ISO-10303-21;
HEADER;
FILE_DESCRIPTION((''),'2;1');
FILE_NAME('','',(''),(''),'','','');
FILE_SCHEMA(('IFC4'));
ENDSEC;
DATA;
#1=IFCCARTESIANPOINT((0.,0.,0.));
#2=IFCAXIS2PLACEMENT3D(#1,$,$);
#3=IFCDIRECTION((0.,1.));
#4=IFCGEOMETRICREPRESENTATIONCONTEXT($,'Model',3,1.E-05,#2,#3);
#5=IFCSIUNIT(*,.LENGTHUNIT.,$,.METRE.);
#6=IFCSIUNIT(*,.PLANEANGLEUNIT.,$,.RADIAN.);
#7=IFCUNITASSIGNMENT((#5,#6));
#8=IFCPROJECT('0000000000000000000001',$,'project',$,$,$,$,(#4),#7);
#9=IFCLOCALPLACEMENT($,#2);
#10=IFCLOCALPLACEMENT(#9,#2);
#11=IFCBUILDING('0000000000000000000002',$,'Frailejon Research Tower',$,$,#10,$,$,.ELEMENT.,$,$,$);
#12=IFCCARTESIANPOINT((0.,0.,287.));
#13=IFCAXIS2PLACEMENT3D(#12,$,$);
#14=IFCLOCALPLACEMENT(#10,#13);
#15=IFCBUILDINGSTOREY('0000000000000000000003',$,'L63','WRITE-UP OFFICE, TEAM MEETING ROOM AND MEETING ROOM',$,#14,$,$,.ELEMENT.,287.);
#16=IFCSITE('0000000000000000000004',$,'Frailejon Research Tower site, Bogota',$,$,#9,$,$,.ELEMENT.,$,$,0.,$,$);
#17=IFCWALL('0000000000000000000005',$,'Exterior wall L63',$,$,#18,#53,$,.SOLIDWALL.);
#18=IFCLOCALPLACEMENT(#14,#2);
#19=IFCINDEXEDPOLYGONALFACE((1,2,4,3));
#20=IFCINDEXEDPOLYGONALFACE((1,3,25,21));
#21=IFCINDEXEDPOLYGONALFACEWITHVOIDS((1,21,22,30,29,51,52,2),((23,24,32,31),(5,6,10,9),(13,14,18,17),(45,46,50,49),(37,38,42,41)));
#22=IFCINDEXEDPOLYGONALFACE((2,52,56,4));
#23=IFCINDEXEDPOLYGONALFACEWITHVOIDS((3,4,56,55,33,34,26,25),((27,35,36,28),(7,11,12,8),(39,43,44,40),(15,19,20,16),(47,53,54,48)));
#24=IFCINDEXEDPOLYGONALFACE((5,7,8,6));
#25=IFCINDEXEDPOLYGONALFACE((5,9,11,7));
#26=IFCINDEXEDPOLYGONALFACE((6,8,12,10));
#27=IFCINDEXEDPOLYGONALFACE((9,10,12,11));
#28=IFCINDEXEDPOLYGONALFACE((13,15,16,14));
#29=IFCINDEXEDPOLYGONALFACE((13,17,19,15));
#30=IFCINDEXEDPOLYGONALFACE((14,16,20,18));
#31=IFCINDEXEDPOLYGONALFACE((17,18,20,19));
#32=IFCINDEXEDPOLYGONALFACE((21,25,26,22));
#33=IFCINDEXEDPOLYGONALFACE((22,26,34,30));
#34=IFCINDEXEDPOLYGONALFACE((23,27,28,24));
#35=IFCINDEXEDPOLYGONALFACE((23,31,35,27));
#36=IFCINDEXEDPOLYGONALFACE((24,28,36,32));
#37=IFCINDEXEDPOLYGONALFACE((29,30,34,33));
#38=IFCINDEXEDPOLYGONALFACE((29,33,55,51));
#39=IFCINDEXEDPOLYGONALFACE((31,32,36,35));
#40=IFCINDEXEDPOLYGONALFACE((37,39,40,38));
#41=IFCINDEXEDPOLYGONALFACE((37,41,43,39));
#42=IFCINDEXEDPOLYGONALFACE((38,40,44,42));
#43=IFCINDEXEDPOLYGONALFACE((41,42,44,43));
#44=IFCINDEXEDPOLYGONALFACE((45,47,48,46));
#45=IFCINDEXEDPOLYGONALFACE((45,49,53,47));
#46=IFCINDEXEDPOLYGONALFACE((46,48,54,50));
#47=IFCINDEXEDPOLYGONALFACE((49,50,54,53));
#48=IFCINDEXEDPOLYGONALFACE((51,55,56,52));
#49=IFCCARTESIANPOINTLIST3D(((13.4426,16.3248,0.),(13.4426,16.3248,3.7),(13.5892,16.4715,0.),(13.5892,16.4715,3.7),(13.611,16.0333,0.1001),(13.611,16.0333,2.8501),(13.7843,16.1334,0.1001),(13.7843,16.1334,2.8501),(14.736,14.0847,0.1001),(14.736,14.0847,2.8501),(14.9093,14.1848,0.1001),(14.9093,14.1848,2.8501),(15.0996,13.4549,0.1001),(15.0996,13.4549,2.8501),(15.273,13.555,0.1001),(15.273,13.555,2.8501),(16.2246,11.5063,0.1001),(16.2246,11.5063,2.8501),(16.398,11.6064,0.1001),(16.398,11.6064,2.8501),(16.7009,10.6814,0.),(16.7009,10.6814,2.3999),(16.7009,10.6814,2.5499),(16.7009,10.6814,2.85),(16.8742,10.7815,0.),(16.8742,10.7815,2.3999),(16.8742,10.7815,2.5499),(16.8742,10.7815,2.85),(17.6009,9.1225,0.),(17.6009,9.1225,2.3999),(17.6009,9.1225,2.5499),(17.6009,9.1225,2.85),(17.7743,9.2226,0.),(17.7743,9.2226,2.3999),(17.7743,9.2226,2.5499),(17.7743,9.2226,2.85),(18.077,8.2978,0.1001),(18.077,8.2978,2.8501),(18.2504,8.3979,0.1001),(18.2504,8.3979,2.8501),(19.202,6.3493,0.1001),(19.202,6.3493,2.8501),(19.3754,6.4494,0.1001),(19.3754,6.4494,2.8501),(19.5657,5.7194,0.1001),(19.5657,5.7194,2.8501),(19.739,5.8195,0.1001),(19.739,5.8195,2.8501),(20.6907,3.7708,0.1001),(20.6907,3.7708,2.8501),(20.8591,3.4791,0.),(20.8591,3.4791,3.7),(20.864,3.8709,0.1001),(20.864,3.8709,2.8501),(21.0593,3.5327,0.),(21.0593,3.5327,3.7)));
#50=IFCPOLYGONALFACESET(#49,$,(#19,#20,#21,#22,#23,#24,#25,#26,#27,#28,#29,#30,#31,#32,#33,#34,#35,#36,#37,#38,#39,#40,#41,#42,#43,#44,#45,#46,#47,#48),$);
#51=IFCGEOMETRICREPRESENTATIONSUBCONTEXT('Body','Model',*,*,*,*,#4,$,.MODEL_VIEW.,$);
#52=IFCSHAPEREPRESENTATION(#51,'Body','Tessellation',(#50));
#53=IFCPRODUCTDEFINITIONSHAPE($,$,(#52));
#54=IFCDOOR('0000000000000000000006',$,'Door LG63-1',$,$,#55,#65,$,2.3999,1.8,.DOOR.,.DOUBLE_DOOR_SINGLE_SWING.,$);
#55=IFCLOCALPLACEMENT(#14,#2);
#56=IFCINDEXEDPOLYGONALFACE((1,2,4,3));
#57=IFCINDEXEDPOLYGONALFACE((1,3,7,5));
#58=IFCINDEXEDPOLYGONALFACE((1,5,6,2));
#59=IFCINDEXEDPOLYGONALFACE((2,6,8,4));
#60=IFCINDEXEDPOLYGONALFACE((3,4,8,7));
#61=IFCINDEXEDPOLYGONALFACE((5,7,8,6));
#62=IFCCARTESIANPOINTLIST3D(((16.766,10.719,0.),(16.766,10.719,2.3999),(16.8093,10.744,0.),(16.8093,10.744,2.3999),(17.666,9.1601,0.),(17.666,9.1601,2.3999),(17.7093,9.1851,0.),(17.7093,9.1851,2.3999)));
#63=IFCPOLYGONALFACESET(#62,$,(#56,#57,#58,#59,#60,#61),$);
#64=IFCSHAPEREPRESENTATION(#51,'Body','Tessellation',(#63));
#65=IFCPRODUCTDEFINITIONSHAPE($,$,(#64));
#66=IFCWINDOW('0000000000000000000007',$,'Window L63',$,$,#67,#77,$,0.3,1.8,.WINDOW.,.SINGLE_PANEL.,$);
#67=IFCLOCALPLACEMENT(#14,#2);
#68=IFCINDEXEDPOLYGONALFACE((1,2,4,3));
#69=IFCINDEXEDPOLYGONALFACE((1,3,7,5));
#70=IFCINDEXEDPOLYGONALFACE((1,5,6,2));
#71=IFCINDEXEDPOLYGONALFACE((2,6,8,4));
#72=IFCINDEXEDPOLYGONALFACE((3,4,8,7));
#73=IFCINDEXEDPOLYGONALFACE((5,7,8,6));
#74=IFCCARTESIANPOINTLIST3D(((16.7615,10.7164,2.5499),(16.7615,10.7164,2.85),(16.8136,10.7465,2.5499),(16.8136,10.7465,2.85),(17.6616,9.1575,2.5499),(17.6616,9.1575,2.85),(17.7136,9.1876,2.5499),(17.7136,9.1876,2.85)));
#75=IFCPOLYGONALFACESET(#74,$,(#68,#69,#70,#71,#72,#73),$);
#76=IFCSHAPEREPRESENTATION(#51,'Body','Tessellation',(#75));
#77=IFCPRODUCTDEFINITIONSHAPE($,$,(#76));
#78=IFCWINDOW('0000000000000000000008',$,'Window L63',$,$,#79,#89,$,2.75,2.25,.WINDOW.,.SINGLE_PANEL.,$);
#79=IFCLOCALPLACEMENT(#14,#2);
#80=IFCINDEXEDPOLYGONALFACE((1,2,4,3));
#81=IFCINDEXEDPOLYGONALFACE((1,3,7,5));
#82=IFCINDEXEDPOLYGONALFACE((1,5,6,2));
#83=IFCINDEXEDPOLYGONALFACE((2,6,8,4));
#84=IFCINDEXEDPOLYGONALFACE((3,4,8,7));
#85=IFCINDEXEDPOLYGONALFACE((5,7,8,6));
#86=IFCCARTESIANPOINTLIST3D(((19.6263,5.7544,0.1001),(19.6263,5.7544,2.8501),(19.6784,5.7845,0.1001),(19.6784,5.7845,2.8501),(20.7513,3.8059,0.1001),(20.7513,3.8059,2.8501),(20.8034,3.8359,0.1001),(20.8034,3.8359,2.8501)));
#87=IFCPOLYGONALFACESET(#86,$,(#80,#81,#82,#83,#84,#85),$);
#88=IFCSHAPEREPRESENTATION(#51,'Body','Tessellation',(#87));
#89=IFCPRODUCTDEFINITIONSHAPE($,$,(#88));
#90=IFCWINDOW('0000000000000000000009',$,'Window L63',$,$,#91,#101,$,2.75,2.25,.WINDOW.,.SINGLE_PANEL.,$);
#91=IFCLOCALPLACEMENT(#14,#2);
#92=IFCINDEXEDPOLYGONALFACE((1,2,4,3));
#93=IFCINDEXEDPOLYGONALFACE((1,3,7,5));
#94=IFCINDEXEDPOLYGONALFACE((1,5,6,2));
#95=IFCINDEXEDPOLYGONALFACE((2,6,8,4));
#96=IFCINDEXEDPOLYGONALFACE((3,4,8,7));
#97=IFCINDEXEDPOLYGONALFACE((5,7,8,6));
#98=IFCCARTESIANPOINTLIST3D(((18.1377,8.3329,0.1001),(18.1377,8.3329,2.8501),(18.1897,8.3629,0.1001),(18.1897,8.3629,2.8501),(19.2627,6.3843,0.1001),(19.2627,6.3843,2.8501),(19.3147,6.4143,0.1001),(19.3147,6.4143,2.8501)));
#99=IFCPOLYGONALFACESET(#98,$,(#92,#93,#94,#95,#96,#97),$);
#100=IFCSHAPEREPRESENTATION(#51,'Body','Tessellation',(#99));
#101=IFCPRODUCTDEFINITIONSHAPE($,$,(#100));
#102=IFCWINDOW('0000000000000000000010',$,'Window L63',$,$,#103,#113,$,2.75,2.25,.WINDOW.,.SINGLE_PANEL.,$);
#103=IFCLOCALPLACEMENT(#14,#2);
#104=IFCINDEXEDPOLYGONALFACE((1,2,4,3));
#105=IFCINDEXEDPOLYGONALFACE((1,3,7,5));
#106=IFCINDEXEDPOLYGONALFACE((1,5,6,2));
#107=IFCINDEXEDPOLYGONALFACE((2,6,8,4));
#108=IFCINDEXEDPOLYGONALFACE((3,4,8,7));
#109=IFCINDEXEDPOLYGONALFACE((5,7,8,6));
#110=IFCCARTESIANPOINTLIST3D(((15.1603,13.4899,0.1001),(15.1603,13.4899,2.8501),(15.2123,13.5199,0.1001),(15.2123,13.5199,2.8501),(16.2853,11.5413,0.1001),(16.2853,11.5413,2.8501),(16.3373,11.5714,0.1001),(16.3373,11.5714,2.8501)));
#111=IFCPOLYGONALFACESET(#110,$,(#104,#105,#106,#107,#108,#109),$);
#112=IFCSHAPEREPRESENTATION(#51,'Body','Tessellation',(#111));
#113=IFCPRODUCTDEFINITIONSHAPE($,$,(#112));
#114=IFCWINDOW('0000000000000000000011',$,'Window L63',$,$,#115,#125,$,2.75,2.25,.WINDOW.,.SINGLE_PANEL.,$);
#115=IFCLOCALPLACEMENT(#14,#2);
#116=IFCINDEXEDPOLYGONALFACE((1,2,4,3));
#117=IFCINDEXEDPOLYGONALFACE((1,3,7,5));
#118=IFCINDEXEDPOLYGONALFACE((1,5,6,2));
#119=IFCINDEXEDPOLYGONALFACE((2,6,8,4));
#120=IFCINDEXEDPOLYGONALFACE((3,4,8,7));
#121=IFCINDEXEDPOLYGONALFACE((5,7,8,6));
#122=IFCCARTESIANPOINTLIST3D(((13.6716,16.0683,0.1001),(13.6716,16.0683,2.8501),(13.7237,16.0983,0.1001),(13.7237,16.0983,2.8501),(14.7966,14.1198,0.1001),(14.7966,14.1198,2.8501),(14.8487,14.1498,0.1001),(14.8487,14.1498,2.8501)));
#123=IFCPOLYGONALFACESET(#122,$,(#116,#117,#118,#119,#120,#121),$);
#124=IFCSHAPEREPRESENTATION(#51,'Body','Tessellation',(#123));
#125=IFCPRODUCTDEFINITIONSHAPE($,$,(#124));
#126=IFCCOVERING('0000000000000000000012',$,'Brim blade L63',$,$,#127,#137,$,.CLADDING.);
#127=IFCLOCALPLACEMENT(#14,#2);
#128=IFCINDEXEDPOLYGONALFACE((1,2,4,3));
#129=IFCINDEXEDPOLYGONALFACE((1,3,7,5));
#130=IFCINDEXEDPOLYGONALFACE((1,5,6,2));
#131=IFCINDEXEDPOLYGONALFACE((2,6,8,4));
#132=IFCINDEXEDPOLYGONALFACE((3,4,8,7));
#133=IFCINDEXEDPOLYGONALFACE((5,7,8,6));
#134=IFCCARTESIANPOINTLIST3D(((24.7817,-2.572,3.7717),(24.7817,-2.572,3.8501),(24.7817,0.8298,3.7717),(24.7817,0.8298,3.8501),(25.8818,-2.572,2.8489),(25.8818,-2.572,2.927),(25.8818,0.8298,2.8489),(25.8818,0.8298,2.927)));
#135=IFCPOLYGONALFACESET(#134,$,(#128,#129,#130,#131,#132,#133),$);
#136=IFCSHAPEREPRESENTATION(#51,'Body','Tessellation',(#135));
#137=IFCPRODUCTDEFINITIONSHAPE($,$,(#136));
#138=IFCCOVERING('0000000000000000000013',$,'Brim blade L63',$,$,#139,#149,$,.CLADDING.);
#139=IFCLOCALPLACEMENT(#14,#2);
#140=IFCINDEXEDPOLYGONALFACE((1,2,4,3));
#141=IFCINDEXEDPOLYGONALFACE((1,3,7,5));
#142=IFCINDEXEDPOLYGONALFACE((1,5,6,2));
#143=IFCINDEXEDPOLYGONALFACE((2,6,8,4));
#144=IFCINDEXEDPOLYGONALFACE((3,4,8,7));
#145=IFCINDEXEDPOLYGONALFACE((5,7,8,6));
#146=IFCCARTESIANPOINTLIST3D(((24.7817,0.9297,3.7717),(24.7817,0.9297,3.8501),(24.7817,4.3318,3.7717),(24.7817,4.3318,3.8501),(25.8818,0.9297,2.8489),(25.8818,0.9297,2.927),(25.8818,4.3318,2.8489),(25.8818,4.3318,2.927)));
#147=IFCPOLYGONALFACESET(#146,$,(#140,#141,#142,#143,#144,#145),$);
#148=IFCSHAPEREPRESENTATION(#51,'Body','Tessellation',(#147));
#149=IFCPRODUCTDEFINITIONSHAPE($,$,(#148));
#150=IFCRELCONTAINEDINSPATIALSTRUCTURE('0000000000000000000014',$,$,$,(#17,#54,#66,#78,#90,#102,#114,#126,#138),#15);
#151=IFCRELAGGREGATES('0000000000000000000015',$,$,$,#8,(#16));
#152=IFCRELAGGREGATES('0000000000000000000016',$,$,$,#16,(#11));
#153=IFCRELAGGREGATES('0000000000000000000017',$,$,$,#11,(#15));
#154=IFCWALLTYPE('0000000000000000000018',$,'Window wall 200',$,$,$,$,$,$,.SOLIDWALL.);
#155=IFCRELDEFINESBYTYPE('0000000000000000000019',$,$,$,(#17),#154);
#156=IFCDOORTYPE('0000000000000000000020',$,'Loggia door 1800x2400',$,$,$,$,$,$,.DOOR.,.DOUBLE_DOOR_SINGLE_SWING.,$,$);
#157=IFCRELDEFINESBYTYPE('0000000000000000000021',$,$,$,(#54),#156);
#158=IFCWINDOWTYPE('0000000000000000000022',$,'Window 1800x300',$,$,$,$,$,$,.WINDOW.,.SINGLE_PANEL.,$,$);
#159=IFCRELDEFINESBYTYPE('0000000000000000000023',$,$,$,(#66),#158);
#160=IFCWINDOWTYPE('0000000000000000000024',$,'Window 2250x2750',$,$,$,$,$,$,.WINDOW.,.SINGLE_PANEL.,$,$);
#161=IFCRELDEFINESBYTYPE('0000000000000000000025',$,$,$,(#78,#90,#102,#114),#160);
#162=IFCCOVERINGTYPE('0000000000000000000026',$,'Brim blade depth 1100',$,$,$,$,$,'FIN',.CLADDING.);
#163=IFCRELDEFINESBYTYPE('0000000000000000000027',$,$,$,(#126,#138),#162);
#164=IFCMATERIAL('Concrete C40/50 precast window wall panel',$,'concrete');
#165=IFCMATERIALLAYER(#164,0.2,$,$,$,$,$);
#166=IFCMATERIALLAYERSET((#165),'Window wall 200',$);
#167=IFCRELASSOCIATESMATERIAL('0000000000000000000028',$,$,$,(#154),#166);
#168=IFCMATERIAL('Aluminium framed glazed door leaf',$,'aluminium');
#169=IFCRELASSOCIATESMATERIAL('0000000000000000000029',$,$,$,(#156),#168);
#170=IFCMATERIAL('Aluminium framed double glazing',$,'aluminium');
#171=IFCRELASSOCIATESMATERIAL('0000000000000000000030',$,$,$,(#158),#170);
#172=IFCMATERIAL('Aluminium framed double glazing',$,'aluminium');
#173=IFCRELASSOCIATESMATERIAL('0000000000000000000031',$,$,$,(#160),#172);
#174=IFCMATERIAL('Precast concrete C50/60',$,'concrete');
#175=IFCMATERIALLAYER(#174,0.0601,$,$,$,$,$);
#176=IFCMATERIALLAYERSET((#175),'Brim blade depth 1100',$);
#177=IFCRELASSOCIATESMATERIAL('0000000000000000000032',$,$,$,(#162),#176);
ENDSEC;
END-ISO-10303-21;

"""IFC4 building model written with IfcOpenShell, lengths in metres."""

from ifc_helpers import new_model, si_unit, direction, frame, frame_2d, origin, place, context, subcontext, project, spatial, polyline, rectangle, outline, extrude, material, layer, layer_set, type_object, element, fill, save


model = new_model("IFC4")

# Units and contexts
model_context = context("Model", 3, precision=1e-05, world=origin(), true_north=direction((0.0, 1.0)))
body_context = subcontext(model_context, "Body", "Model", "MODEL_VIEW")
ifc_project = project(units=[si_unit("LENGTHUNIT", "METRE"), si_unit("PLANEANGLEUNIT", "RADIAN")], contexts=[model_context])

# Site, building, storey
site_placement = place(None, origin())
site = spatial("IfcSite", under=ifc_project, at=site_placement, Name="Frailejon Research Tower site, Bogota", CompositionType="ELEMENT", RefElevation=0.0)
building_placement = place(site_placement, origin())
building = spatial("IfcBuilding", under=site, at=building_placement, Name="Frailejon Research Tower", CompositionType="ELEMENT")
storey_placement = place(building_placement, frame((0.0, 0.0, 287.0)))
storey = spatial("IfcBuildingStorey", under=building, at=storey_placement, Name="L63", Description="WRITE-UP OFFICE, TEAM MEETING ROOM AND MEETING ROOM", CompositionType="ELEMENT", Elevation=287.0)

# Wall, openings, door, windows
ifc_material_1 = material(Name="Concrete C40/50 precast window wall panel", Category="concrete")
ifc_layer_1 = layer(ifc_material_1, 0.2)
ifc_layer_set_1 = layer_set([ifc_layer_1], Name="Window wall 200")
wall_type = type_object("IfcWallType", Name="Window wall 200", PredefinedType="SOLIDWALL", material=ifc_layer_set_1)
wall_placement = place(storey_placement, frame((20.9592, 3.5059, 0.0), z_axis=(0.0, 0.0, 1.0), x_axis=(-0.499998, 0.866026, 0.0)))
wall = element("IfcWall", 1, at=wall_placement, inside=storey, type_object=wall_type, Name="Exterior wall L63", PredefinedType="SOLIDWALL", context=body_context, shape_type="SweptSolid", body=[
    extrude(outline(polyline([(-0.0269, -0.1001), (1.0403, -0.1001), (2.1074, -0.1001), (3.1746, -0.1001), (4.2419, -0.1001), (5.3091, -0.1001), (6.3762, -0.1001), (7.4434, -0.1001), (8.5105, -0.1001), (9.5776, -0.1001), (10.6448, -0.1001), (11.7122, -0.1001), (12.7793, -0.1001), (13.8464, -0.1001), (14.9136, -0.1001), (14.8599, 0.1001), (13.8003, 0.1001), (12.741, 0.1001), (11.6814, 0.1001), (10.6218, 0.1001), (9.5623, 0.1001), (8.5029, 0.1001), (7.4434, 0.1001), (6.3838, 0.1001), (5.3245, 0.1001), (4.2649, 0.1001), (3.2053, 0.1001), (2.1458, 0.1001), (1.0864, 0.1001), (0.0269, 0.1001), (-0.0269, -0.1001)])), origin(), (0.0, 0.0, 1.0), 3.7),
])
opening_1_placement = place(wall_placement, frame((0.3638, 0.0, 0.1001)))
opening_1 = element("IfcOpeningElement", 2, at=opening_1_placement, cuts=wall, PredefinedType="OPENING", context=body_context, shape_type="SweptSolid", body=[
    extrude(rectangle(XDim=2.25, YDim=2.75, at=frame_2d((1.125, 1.375))), frame((0.0, 0.1099, 0.0), z_axis=(0.0, -1.0, 0.0), x_axis=(1.0, 0.0, 0.0)), (0.0, 0.0, 1.0), 0.22),
])
opening_2_placement = place(wall_placement, frame((3.3411, 0.0, 0.1001)))
opening_2 = element("IfcOpeningElement", 3, at=opening_2_placement, cuts=wall, PredefinedType="OPENING", context=body_context, shape_type="SweptSolid", body=[
    extrude(rectangle(XDim=2.25, YDim=2.75, at=frame_2d((1.125, 1.375))), frame((0.0, 0.1099, 0.0), z_axis=(0.0, -1.0, 0.0), x_axis=(1.0, 0.0, 0.0)), (0.0, 0.0, 1.0), 0.22),
])
opening_3_placement = place(wall_placement, frame((6.5435, 0.0, 0.0)))
opening_3 = element("IfcOpeningElement", 4, at=opening_3_placement, cuts=wall, PredefinedType="OPENING", context=body_context, shape_type="SweptSolid", body=[
    extrude(rectangle(XDim=1.8, YDim=2.3999, at=frame_2d((0.8999, 1.2))), frame((0.0, 0.1099, 0.0), z_axis=(0.0, -1.0, 0.0), x_axis=(1.0, 0.0, 0.0)), (0.0, 0.0, 1.0), 0.22),
])
opening_4_placement = place(wall_placement, frame((6.5435, 0.0, 2.55)))
opening_4 = element("IfcOpeningElement", 5, at=opening_4_placement, cuts=wall, PredefinedType="OPENING", context=body_context, shape_type="SweptSolid", body=[
    extrude(rectangle(XDim=1.8, YDim=0.3, at=frame_2d((0.8999, 0.1499))), frame((0.0, 0.1099, 0.0), z_axis=(0.0, -1.0, 0.0), x_axis=(1.0, 0.0, 0.0)), (0.0, 0.0, 1.0), 0.22),
])
opening_5_placement = place(wall_placement, frame((9.2959, 0.0, 0.1001)))
opening_5 = element("IfcOpeningElement", 6, at=opening_5_placement, cuts=wall, PredefinedType="OPENING", context=body_context, shape_type="SweptSolid", body=[
    extrude(rectangle(XDim=2.25, YDim=2.75, at=frame_2d((1.125, 1.375))), frame((0.0, 0.1099, 0.0), z_axis=(0.0, -1.0, 0.0), x_axis=(1.0, 0.0, 0.0)), (0.0, 0.0, 1.0), 0.22),
])
opening_6_placement = place(wall_placement, frame((12.2732, 0.0, 0.1001)))
opening_6 = element("IfcOpeningElement", 7, at=opening_6_placement, cuts=wall, PredefinedType="OPENING", context=body_context, shape_type="SweptSolid", body=[
    extrude(rectangle(XDim=2.25, YDim=2.75, at=frame_2d((1.125, 1.375))), frame((0.0, 0.1099, 0.0), z_axis=(0.0, -1.0, 0.0), x_axis=(1.0, 0.0, 0.0)), (0.0, 0.0, 1.0), 0.22),
])
ifc_material_2 = material(Name="Aluminium framed glazed door leaf", Category="aluminium")
door_type = type_object("IfcDoorType", Name="Loggia door 1800x2400", OperationType="DOUBLE_DOOR_SINGLE_SWING", PredefinedType="DOOR", material=ifc_material_2)
door_placement = place(opening_3_placement, origin())
door = element("IfcDoor", 8, at=door_placement, inside=storey, type_object=door_type, Name="Door LG63-1", OperationType="DOUBLE_DOOR_SINGLE_SWING", OverallHeight=2.3999, OverallWidth=1.8, PredefinedType="DOOR", context=body_context, shape_type="SweptSolid", body=[
    extrude(rectangle(XDim=1.8, YDim=2.3999, at=frame_2d((0.8999, 1.2))), frame((0.0, 0.0249, 0.0), z_axis=(0.0, -1.0, 0.0), x_axis=(1.0, 0.0, 0.0)), (0.0, 0.0, 1.0), 0.05),
])
fill(opening_3, door)
ifc_material_3 = material(Name="Aluminium framed double glazing", Category="aluminium")
window_type_1 = type_object("IfcWindowType", Name="Window 1800x300", PartitioningType="SINGLE_PANEL", PredefinedType="WINDOW", material=ifc_material_3)
window_1_placement = place(opening_4_placement, origin())
window_1 = element("IfcWindow", 9, at=window_1_placement, inside=storey, type_object=window_type_1, Name="Window L63", OverallHeight=0.3, OverallWidth=1.8, PartitioningType="SINGLE_PANEL", PredefinedType="WINDOW", context=body_context, shape_type="SweptSolid", body=[
    extrude(rectangle(XDim=1.8, YDim=0.3, at=frame_2d((0.8999, 0.1499))), frame((0.0, 0.03, 0.0), z_axis=(0.0, -1.0, 0.0), x_axis=(1.0, 0.0, 0.0)), (0.0, 0.0, 1.0), 0.0601),
])
fill(opening_4, window_1)
ifc_material_4 = material(Name="Aluminium framed double glazing", Category="aluminium")
window_type_2 = type_object("IfcWindowType", Name="Window 2250x2750", PartitioningType="SINGLE_PANEL", PredefinedType="WINDOW", material=ifc_material_4)
window_2_placement = place(opening_1_placement, origin())
window_2 = element("IfcWindow", 10, at=window_2_placement, inside=storey, type_object=window_type_2, Name="Window L63", OverallHeight=2.75, OverallWidth=2.25, PartitioningType="SINGLE_PANEL", PredefinedType="WINDOW", context=body_context, shape_type="SweptSolid", body=[
    extrude(rectangle(XDim=2.25, YDim=2.75, at=frame_2d((1.125, 1.375))), frame((0.0, 0.03, 0.0), z_axis=(0.0, -1.0, 0.0), x_axis=(1.0, 0.0, 0.0)), (0.0, 0.0, 1.0), 0.0601),
])
fill(opening_1, window_2)
window_3_placement = place(opening_2_placement, origin())
window_3 = element("IfcWindow", 11, at=window_3_placement, inside=storey, type_object=window_type_2, Name="Window L63", OverallHeight=2.75, OverallWidth=2.25, PartitioningType="SINGLE_PANEL", PredefinedType="WINDOW", context=body_context, shape_type="SweptSolid", body=[
    extrude(rectangle(XDim=2.25, YDim=2.75, at=frame_2d((1.125, 1.375))), frame((0.0, 0.03, 0.0), z_axis=(0.0, -1.0, 0.0), x_axis=(1.0, 0.0, 0.0)), (0.0, 0.0, 1.0), 0.0601),
])
fill(opening_2, window_3)
window_4_placement = place(opening_5_placement, origin())
window_4 = element("IfcWindow", 12, at=window_4_placement, inside=storey, type_object=window_type_2, Name="Window L63", OverallHeight=2.75, OverallWidth=2.25, PartitioningType="SINGLE_PANEL", PredefinedType="WINDOW", context=body_context, shape_type="SweptSolid", body=[
    extrude(rectangle(XDim=2.25, YDim=2.75, at=frame_2d((1.125, 1.375))), frame((0.0, 0.03, 0.0), z_axis=(0.0, -1.0, 0.0), x_axis=(1.0, 0.0, 0.0)), (0.0, 0.0, 1.0), 0.0601),
])
fill(opening_5, window_4)
window_5_placement = place(opening_6_placement, origin())
window_5 = element("IfcWindow", 13, at=window_5_placement, inside=storey, type_object=window_type_2, Name="Window L63", OverallHeight=2.75, OverallWidth=2.25, PartitioningType="SINGLE_PANEL", PredefinedType="WINDOW", context=body_context, shape_type="SweptSolid", body=[
    extrude(rectangle(XDim=2.25, YDim=2.75, at=frame_2d((1.125, 1.375))), frame((0.0, 0.03, 0.0), z_axis=(0.0, -1.0, 0.0), x_axis=(1.0, 0.0, 0.0)), (0.0, 0.0, 1.0), 0.0601),
])
fill(opening_6, window_5)

# Coverings
ifc_material_5 = material(Name="Precast concrete C50/60", Category="concrete")
ifc_layer_2 = layer(ifc_material_5, 0.0601)
ifc_layer_set_2 = layer_set([ifc_layer_2], Name="Brim blade depth 1100")
covering_type_1 = type_object("IfcCoveringType", Name="Brim blade depth 1100", ElementType="FIN", PredefinedType="CLADDING", material=ifc_layer_set_2)
covering_1_placement = place(storey_placement, frame((24.7817, 0.8298, 3.8501), z_axis=(0.0, -1.0, 0.0), x_axis=(1.0, 0.0, 0.0)))
element("IfcCovering", 14, at=covering_1_placement, inside=storey, type_object=covering_type_1, Name="Brim blade L63", PredefinedType="CLADDING", context=body_context, shape_type="SweptSolid", body=[
    extrude(outline(polyline([(0.0, -0.0784), (1.1001, -1.0012), (1.1001, -0.9231), (0.0, 0.0), (0.0, -0.0784)])), origin(), (0.0, 0.0, 1.0), 3.4019),
])
covering_2_placement = place(storey_placement, frame((24.7817, 4.3318, 3.8501), z_axis=(0.0, -1.0, 0.0), x_axis=(1.0, 0.0, 0.0)))
element("IfcCovering", 15, at=covering_2_placement, inside=storey, type_object=covering_type_1, Name="Brim blade L63", PredefinedType="CLADDING", context=body_context, shape_type="SweptSolid", body=[
    extrude(outline(polyline([(0.0, -0.0784), (1.1001, -1.0012), (1.1001, -0.9231), (0.0, 0.0), (0.0, -0.0784)])), origin(), (0.0, 0.0, 1.0), 3.4021),
])

save(model, "model.ifc")
